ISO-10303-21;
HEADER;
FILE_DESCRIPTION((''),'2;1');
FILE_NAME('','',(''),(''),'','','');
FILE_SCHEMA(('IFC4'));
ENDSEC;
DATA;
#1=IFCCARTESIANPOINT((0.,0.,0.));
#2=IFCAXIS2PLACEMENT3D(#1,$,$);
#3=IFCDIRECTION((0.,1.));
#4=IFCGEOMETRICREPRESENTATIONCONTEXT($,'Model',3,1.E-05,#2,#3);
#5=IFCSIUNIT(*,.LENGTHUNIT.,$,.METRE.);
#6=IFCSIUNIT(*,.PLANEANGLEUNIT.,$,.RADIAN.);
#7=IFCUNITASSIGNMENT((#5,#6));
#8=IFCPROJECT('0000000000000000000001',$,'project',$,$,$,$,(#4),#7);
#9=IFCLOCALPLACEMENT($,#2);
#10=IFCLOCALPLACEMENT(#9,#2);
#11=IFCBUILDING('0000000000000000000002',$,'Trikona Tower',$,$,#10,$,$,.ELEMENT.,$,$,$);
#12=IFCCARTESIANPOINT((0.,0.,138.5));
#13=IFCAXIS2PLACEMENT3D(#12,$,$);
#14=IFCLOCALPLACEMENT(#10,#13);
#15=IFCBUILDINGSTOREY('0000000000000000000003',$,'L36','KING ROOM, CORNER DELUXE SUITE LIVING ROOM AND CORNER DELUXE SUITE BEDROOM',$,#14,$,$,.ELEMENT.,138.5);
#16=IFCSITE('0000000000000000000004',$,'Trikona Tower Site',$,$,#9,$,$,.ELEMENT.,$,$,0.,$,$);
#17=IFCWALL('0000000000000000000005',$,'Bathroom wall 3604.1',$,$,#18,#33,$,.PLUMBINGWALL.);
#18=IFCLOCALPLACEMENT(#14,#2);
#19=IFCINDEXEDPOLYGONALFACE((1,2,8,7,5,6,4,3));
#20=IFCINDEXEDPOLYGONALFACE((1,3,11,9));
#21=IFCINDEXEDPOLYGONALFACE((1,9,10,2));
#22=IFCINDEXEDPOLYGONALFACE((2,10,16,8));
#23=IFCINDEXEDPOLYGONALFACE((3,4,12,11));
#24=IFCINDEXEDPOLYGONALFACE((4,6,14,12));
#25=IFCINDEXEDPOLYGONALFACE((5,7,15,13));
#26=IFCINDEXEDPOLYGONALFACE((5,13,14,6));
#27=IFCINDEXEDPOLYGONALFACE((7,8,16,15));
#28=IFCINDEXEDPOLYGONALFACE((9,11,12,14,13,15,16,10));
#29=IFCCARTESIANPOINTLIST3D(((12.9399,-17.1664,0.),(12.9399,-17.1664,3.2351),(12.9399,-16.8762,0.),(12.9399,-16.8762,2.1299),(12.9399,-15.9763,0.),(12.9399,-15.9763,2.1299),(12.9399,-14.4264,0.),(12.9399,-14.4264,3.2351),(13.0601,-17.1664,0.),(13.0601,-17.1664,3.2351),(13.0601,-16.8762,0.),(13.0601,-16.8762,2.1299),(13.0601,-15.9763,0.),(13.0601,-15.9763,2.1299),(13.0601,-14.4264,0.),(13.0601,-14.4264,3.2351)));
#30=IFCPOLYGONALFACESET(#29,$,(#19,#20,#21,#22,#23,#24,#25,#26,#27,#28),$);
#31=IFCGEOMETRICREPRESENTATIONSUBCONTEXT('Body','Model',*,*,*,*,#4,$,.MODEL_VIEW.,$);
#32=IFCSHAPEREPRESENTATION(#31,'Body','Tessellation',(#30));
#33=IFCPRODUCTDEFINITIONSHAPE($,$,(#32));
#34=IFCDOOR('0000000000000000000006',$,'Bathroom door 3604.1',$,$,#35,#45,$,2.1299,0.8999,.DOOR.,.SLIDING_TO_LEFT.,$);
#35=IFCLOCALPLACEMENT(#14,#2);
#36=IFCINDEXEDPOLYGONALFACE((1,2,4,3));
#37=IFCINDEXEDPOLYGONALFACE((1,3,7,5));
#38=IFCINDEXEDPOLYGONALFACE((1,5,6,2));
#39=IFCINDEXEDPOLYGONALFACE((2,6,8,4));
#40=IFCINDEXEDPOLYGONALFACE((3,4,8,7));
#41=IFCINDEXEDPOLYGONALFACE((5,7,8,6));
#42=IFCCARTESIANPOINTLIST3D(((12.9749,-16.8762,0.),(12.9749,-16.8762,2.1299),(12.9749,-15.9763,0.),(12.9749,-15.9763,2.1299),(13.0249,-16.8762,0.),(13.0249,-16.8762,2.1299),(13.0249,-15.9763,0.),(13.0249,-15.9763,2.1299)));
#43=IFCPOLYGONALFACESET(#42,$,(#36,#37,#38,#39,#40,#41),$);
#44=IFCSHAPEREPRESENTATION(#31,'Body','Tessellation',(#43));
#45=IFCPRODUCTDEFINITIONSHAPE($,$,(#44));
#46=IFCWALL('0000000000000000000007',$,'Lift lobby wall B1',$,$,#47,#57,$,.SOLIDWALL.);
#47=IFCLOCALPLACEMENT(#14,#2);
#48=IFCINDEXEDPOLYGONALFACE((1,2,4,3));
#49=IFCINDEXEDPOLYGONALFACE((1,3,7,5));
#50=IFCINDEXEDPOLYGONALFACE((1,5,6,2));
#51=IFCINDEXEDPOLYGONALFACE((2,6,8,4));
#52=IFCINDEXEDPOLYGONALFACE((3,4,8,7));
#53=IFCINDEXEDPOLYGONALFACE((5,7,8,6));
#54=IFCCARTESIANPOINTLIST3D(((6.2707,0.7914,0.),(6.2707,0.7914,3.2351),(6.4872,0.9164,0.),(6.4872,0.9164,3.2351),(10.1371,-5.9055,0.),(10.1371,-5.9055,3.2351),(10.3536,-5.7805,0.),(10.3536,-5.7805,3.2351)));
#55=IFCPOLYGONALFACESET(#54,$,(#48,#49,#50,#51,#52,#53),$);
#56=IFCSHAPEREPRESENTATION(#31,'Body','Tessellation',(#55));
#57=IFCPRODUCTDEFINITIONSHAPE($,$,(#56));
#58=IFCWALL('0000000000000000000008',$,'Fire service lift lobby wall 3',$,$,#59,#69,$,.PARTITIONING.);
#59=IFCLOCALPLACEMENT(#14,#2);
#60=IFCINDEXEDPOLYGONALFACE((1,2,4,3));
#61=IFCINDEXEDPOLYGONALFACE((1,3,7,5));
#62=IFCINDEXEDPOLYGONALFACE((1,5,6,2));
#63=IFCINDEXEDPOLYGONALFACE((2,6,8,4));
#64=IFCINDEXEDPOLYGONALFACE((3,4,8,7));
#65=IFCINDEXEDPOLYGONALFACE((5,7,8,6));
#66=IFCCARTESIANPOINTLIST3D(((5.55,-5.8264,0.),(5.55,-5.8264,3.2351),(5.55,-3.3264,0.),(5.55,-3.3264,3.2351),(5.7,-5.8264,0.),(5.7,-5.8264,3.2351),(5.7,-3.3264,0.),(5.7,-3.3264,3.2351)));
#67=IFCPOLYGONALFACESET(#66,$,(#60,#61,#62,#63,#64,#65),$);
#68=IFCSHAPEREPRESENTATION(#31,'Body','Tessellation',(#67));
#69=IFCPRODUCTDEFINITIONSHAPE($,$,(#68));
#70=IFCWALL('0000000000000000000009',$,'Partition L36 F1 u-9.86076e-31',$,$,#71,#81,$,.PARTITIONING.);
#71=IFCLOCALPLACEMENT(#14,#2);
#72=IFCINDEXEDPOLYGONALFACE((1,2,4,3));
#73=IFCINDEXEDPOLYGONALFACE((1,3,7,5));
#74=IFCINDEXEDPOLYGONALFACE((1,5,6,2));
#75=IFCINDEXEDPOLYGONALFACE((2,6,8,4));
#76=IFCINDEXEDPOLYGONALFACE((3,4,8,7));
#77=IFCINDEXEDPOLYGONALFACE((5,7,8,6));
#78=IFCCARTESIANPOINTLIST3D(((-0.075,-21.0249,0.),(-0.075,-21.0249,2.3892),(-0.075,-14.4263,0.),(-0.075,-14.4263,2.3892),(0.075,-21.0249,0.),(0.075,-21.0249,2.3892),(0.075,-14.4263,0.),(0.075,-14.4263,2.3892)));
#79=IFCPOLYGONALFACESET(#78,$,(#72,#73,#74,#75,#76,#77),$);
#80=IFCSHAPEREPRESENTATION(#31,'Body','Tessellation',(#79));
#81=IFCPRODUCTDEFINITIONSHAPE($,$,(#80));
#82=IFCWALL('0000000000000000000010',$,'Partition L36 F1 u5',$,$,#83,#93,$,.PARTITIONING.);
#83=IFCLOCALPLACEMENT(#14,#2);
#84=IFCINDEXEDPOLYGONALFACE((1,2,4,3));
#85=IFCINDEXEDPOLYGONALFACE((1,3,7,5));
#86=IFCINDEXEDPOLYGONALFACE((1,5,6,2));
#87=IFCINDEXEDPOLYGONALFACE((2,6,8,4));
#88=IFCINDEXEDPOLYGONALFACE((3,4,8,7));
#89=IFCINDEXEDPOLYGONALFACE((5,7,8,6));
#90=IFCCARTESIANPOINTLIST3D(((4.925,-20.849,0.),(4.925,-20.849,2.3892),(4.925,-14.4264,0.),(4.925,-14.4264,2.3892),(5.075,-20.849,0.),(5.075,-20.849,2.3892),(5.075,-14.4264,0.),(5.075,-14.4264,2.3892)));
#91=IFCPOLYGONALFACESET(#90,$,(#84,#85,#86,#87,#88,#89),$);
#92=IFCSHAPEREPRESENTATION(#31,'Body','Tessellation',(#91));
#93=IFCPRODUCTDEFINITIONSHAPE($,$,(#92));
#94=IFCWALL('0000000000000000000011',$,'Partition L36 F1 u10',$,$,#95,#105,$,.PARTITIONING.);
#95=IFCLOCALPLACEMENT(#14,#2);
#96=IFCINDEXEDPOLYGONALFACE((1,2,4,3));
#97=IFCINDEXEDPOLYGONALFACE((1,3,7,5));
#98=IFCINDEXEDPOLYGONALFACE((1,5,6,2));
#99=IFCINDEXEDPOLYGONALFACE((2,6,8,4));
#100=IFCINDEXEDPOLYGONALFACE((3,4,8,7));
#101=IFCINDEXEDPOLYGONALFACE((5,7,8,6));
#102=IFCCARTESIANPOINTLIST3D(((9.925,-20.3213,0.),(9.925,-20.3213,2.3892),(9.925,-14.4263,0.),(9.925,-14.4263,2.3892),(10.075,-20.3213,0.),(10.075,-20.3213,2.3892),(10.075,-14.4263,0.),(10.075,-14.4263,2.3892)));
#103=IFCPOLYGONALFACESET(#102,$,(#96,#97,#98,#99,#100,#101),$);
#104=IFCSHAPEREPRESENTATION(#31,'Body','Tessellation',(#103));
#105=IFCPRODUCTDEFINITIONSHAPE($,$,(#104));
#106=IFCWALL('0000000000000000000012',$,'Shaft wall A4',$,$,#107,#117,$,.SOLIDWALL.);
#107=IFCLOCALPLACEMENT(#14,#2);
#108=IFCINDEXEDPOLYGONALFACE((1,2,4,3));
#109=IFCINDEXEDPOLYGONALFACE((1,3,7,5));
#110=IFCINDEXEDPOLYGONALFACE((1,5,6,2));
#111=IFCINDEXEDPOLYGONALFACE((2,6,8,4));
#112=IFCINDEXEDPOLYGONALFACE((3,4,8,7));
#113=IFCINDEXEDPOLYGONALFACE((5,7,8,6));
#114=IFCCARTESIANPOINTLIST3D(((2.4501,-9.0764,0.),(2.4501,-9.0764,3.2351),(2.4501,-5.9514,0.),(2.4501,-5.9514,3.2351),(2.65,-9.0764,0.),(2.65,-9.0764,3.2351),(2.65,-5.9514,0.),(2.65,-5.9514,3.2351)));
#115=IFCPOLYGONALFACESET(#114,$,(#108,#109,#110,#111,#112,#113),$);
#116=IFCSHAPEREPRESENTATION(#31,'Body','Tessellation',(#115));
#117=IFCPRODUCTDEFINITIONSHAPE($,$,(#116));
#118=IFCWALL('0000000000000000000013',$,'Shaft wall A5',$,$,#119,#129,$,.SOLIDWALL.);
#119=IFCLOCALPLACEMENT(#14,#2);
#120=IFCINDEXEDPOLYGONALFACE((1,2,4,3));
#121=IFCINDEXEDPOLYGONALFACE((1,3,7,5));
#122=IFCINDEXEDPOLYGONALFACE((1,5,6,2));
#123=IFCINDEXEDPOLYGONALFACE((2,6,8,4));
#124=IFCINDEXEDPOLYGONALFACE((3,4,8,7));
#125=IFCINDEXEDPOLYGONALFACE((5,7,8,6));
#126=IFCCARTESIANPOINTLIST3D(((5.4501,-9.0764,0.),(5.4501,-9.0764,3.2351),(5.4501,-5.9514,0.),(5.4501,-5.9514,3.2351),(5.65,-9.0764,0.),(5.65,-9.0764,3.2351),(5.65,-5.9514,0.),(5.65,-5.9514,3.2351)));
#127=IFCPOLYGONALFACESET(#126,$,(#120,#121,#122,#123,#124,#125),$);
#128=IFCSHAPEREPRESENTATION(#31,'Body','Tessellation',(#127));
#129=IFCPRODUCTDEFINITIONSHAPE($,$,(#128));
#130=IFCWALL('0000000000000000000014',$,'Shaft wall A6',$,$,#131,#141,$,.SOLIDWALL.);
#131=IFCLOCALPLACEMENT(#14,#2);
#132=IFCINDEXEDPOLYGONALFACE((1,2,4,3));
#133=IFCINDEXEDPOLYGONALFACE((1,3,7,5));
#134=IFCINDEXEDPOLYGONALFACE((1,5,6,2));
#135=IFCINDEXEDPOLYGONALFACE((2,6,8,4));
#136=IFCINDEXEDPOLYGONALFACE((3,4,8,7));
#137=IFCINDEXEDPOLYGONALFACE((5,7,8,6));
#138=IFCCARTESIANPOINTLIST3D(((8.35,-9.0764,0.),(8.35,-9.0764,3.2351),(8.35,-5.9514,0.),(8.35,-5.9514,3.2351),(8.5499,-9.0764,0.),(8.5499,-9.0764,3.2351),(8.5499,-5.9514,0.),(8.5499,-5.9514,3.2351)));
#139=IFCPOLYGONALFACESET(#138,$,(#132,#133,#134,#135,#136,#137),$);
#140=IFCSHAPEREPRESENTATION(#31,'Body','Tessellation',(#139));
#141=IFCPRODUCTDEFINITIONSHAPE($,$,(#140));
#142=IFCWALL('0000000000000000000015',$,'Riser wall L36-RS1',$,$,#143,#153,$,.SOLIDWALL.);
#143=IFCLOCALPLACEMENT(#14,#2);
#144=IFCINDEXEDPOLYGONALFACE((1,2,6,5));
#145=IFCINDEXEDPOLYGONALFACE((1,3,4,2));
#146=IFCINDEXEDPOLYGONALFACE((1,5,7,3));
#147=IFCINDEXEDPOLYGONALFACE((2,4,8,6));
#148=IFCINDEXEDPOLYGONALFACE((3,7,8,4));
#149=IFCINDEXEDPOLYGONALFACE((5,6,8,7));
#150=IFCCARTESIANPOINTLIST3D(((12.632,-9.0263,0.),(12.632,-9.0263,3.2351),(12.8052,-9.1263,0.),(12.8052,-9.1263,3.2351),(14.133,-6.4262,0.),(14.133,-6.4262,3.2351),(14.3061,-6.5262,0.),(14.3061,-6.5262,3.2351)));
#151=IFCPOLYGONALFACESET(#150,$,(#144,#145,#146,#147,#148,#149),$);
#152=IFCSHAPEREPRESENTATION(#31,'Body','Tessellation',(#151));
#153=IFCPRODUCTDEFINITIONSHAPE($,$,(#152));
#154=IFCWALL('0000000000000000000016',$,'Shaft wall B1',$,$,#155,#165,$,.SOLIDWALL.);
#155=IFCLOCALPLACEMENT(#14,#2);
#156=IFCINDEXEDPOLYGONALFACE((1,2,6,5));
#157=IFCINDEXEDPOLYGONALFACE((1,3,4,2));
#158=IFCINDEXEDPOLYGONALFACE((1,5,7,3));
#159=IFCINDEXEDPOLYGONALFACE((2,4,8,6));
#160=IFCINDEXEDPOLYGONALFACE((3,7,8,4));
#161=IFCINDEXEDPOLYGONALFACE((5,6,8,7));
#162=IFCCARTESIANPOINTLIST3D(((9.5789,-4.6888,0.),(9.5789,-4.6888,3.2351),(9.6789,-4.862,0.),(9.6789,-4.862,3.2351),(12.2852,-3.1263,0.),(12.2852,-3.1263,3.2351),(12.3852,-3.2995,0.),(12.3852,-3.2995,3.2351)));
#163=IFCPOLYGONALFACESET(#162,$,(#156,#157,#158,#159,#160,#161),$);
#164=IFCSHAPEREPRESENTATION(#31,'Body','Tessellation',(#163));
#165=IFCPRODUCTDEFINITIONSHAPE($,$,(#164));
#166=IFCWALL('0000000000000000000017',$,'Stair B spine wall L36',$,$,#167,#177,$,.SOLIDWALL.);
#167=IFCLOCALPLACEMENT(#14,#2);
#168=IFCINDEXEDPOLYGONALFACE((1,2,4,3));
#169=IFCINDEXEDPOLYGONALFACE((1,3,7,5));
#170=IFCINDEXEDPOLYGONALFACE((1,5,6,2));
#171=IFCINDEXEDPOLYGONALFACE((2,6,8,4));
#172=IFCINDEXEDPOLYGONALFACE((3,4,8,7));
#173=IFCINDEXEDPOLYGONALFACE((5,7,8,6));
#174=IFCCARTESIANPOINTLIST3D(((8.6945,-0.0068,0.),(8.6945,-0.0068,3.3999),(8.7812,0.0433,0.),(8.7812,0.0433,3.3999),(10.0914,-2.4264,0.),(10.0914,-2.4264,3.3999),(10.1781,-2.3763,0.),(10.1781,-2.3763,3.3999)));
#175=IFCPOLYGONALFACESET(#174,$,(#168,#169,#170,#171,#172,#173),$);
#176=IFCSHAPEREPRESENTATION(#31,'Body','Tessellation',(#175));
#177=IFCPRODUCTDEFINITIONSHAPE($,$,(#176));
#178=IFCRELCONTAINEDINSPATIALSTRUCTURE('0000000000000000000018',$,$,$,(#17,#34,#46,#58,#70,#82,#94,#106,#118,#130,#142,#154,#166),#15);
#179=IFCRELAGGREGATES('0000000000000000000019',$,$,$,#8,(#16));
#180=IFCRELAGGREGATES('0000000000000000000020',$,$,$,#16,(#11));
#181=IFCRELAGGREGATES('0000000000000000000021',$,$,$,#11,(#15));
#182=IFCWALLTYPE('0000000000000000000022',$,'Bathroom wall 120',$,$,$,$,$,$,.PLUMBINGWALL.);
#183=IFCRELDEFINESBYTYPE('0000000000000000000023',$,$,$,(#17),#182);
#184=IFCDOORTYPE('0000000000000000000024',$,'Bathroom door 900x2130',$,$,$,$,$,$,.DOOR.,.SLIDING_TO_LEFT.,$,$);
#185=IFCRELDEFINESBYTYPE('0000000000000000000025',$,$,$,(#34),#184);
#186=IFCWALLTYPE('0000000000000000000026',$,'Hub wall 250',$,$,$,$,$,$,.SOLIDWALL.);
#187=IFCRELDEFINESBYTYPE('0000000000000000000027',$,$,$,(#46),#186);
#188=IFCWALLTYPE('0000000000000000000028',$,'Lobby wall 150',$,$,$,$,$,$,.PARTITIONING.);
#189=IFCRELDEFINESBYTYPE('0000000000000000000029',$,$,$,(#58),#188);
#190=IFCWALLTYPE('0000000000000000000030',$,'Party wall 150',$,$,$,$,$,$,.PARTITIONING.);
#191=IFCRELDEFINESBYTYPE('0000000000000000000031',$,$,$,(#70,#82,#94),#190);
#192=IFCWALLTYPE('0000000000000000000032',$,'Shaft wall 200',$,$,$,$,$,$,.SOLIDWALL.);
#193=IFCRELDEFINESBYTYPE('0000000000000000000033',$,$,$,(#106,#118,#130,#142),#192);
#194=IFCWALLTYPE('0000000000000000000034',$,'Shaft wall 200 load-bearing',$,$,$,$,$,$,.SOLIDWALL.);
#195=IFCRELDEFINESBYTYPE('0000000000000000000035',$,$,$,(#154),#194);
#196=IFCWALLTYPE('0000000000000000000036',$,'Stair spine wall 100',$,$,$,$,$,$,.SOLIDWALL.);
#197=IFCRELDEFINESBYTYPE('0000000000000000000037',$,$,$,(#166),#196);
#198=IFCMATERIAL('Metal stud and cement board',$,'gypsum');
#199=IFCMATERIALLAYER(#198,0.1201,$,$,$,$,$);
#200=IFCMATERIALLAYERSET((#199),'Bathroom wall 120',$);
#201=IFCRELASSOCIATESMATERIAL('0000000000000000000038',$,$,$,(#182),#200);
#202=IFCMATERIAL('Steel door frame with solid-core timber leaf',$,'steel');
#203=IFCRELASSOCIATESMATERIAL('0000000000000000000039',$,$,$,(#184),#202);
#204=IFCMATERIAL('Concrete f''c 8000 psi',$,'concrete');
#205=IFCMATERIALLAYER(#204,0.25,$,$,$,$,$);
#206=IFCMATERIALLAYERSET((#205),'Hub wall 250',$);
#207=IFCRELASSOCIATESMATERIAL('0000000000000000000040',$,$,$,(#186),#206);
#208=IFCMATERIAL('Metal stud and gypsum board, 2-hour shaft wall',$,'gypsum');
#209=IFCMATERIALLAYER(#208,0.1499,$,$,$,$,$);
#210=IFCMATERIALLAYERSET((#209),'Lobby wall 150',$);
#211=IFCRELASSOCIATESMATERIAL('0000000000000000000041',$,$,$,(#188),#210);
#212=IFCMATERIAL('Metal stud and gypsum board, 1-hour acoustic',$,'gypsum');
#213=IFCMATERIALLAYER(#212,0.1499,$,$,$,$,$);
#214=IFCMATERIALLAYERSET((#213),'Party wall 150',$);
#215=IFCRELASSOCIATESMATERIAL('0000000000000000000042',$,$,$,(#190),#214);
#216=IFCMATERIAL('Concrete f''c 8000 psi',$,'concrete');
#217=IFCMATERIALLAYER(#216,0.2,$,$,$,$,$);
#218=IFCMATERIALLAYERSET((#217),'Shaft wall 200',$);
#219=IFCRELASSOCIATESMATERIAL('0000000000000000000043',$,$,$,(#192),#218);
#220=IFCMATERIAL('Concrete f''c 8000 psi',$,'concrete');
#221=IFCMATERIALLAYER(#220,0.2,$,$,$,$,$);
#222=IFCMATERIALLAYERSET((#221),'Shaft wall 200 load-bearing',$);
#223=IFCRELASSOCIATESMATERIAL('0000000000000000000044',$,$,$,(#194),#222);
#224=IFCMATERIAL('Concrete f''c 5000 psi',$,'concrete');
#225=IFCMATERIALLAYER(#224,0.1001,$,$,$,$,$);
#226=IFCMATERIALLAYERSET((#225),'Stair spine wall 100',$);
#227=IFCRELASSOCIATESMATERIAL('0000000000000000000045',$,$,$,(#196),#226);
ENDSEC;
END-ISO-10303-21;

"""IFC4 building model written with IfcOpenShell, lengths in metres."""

from ifc_helpers import new_model, si_unit, direction, frame, frame_2d, origin, place, context, subcontext, project, spatial, rectangle, extrude, material, layer, layer_set, type_object, element, fill, save


model = new_model("IFC4")

# Units and contexts
model_context = context("Model", 3, precision=1e-05, world=origin(), true_north=direction((0.0, 1.0)))
body_context = subcontext(model_context, "Body", "Model", "MODEL_VIEW")
ifc_project = project(units=[si_unit("LENGTHUNIT", "METRE"), si_unit("PLANEANGLEUNIT", "RADIAN")], contexts=[model_context])

# Site, building, storey
site_placement = place(None, origin())
site = spatial("IfcSite", under=ifc_project, at=site_placement, Name="Trikona Tower Site", CompositionType="ELEMENT", RefElevation=0.0)
building_placement = place(site_placement, origin())
building = spatial("IfcBuilding", under=site, at=building_placement, Name="Trikona Tower", CompositionType="ELEMENT")
storey_placement = place(building_placement, frame((0.0, 0.0, 138.5)))
storey = spatial("IfcBuildingStorey", under=building, at=storey_placement, Name="L36", Description="KING ROOM, CORNER DELUXE SUITE LIVING ROOM AND CORNER DELUXE SUITE BEDROOM", CompositionType="ELEMENT", Elevation=138.5)

# Shared definitions
ifc_material_1 = material(Name="Metal stud and cement board", Category="gypsum")
ifc_layer_1 = layer(ifc_material_1, 0.1201)
ifc_layer_set_1 = layer_set([ifc_layer_1], Name="Bathroom wall 120")
wall_type_1 = type_object("IfcWallType", Name="Bathroom wall 120", PredefinedType="PLUMBINGWALL", material=ifc_layer_set_1)

# Shared definitions
ifc_material_2 = material(Name="Steel door frame with solid-core timber leaf", Category="steel")
door_type = type_object("IfcDoorType", Name="Bathroom door 900x2130", OperationType="SLIDING_TO_LEFT", PredefinedType="DOOR", material=ifc_material_2)

# Wall, opening, door
wall_1_placement = place(storey_placement, frame((13.0, -14.4263, 0.0), z_axis=(0.0, 0.0, 1.0), x_axis=(0.0, -1.0, 0.0)))
wall_1 = element("IfcWall", 1, at=wall_1_placement, inside=storey, type_object=wall_type_1, Name="Bathroom wall 3604.1", PredefinedType="PLUMBINGWALL", context=body_context, shape_type="SweptSolid", body=[
    extrude(rectangle(XDim=2.74, YDim=0.1201, at=frame_2d((1.3701, 0.0))), origin(), (0.0, 0.0, 1.0), 3.2351),
])
opening_1_placement = place(wall_1_placement, frame((1.55, 0.0, 0.0)))
opening_1 = element("IfcOpeningElement", 2, at=opening_1_placement, cuts=wall_1, PredefinedType="OPENING", context=body_context, shape_type="SweptSolid", body=[
    extrude(rectangle(XDim=0.8999, YDim=2.1299, at=frame_2d((0.45, 1.0649))), frame((0.0, 0.0701, 0.0), z_axis=(0.0, -1.0, 0.0), x_axis=(1.0, 0.0, 0.0)), (0.0, 0.0, 1.0), 0.1401),
])
door_1_placement = place(opening_1_placement, origin())
door_1 = element("IfcDoor", 3, at=door_1_placement, inside=storey, type_object=door_type, Name="Bathroom door 3604.1", OperationType="SLIDING_TO_LEFT", OverallHeight=2.1299, OverallWidth=0.8999, PredefinedType="DOOR", context=body_context, shape_type="SweptSolid", body=[
    extrude(rectangle(XDim=0.8999, YDim=2.1299, at=frame_2d((0.45, 1.0649))), frame((0.0, 0.0249, 0.0), z_axis=(0.0, -1.0, 0.0), x_axis=(1.0, 0.0, 0.0)), (0.0, 0.0, 1.0), 0.05),
])
fill(opening_1, door_1)

# Walls
ifc_material_3 = material(Name="Concrete f'c 8000 psi", Category="concrete")
ifc_layer_2 = layer(ifc_material_3, 0.25)
ifc_layer_set_2 = layer_set([ifc_layer_2], Name="Hub wall 250")
wall_type_2 = type_object("IfcWallType", Name="Hub wall 250", PredefinedType="SOLIDWALL", material=ifc_layer_set_2)
wall_2_placement = place(storey_placement, frame((10.2454, -5.843, 0.0), z_axis=(0.0, 0.0, 1.0), x_axis=(-0.499993, 0.866029, 0.0)))
element("IfcWall", 4, at=wall_2_placement, inside=storey, type_object=wall_type_2, Name="Lift lobby wall B1", PredefinedType="SOLIDWALL", context=body_context, shape_type="SweptSolid", body=[
    extrude(rectangle(XDim=7.7329, YDim=0.25, at=frame_2d((3.8665, 0.0))), origin(), (0.0, 0.0, 1.0), 3.2351),
])
ifc_material_4 = material(Name="Metal stud and gypsum board, 2-hour shaft wall", Category="gypsum")
ifc_layer_3 = layer(ifc_material_4, 0.1499)
ifc_layer_set_3 = layer_set([ifc_layer_3], Name="Lobby wall 150")
wall_type_3 = type_object("IfcWallType", Name="Lobby wall 150", PredefinedType="PARTITIONING", material=ifc_layer_set_3)
wall_3_placement = place(storey_placement, frame((5.625, -5.8264, 0.0), z_axis=(0.0, 0.0, 1.0), x_axis=(0.0, 1.0, 0.0)))
element("IfcWall", 5, at=wall_3_placement, inside=storey, type_object=wall_type_3, Name="Fire service lift lobby wall 3", PredefinedType="PARTITIONING", context=body_context, shape_type="SweptSolid", body=[
    extrude(rectangle(XDim=2.5, YDim=0.1499, at=frame_2d((1.25, 0.0))), origin(), (0.0, 0.0, 1.0), 3.2351),
])
ifc_material_5 = material(Name="Metal stud and gypsum board, 1-hour acoustic", Category="gypsum")
ifc_layer_4 = layer(ifc_material_5, 0.1499)
ifc_layer_set_4 = layer_set([ifc_layer_4], Name="Party wall 150")
wall_type_4 = type_object("IfcWallType", Name="Party wall 150", PredefinedType="PARTITIONING", material=ifc_layer_set_4)
wall_4_placement = place(storey_placement, frame((0.0, -14.4263, 0.0), z_axis=(0.0, 0.0, 1.0), x_axis=(0.0, -1.0, 0.0)))
element("IfcWall", 6, at=wall_4_placement, inside=storey, type_object=wall_type_4, Name="Partition L36 F1 u-9.86076e-31", PredefinedType="PARTITIONING", context=body_context, shape_type="SweptSolid", body=[
    extrude(rectangle(XDim=6.5986, YDim=0.1499, at=frame_2d((3.2993, 0.0))), origin(), (0.0, 0.0, 1.0), 2.3892),
])
wall_5_placement = place(storey_placement, frame((5.0, -14.4263, 0.0), z_axis=(0.0, 0.0, 1.0), x_axis=(0.0, -1.0, 0.0)))
element("IfcWall", 7, at=wall_5_placement, inside=storey, type_object=wall_type_4, Name="Partition L36 F1 u5", PredefinedType="PARTITIONING", context=body_context, shape_type="SweptSolid", body=[
    extrude(rectangle(XDim=6.4226, YDim=0.1499, at=frame_2d((3.2114, 0.0))), origin(), (0.0, 0.0, 1.0), 2.3892),
])
wall_6_placement = place(storey_placement, frame((10.0, -14.4263, 0.0), z_axis=(0.0, 0.0, 1.0), x_axis=(0.0, -1.0, 0.0)))
element("IfcWall", 8, at=wall_6_placement, inside=storey, type_object=wall_type_4, Name="Partition L36 F1 u10", PredefinedType="PARTITIONING", context=body_context, shape_type="SweptSolid", body=[
    extrude(rectangle(XDim=5.895, YDim=0.1499, at=frame_2d((2.9475, 0.0))), origin(), (0.0, 0.0, 1.0), 2.3892),
])
ifc_material_6 = material(Name="Concrete f'c 8000 psi", Category="concrete")
ifc_layer_5 = layer(ifc_material_6, 0.2)
ifc_layer_set_5 = layer_set([ifc_layer_5], Name="Shaft wall 200")
wall_type_5 = type_object("IfcWallType", Name="Shaft wall 200", PredefinedType="SOLIDWALL", material=ifc_layer_set_5)
for number, where, z_axis, x_axis, name in (
    (9, (2.55, -5.9514, 0.0), (0.0, 0.0, 1.0), (0.0, -1.0, 0.0), "Shaft wall A4"),
    (10, (5.55, -5.9514, 0.0), (0.0, 0.0, 1.0), (0.0, -1.0, 0.0), "Shaft wall A5"),
    (11, (8.45, -5.9514, 0.0), (0.0, 0.0, 1.0), (0.0, -1.0, 0.0), "Shaft wall A6"),
):
    element("IfcWall", number, at=place(storey_placement, frame(where, z_axis=z_axis, x_axis=x_axis)), inside=storey, type_object=wall_type_5, Name=name, PredefinedType="SOLIDWALL", context=body_context, shape_type="SweptSolid", body=[
        extrude(rectangle(XDim=3.125, YDim=0.2, at=frame_2d((1.5625, 0.0))), origin(), (0.0, 0.0, 1.0), 3.2351),
    ])
wall_7_placement = place(storey_placement, frame((14.2195, -6.4763, 0.0), z_axis=(0.0, 0.0, 1.0), x_axis=(-0.499952, -0.866053, 0.0)))
element("IfcWall", 12, at=wall_7_placement, inside=storey, type_object=wall_type_5, Name="Riser wall L36-RS1", PredefinedType="SOLIDWALL", context=body_context, shape_type="SweptSolid", body=[
    extrude(rectangle(XDim=3.0022, YDim=0.2, at=frame_2d((1.501, 0.0))), origin(), (0.0, 0.0, 1.0), 3.2351),
])
ifc_material_7 = material(Name="Concrete f'c 8000 psi", Category="concrete")
ifc_layer_6 = layer(ifc_material_7, 0.2)
ifc_layer_set_6 = layer_set([ifc_layer_6], Name="Shaft wall 200 load-bearing")
wall_type_6 = type_object("IfcWallType", Name="Shaft wall 200 load-bearing", PredefinedType="SOLIDWALL", material=ifc_layer_set_6)
wall_8_placement = place(storey_placement, frame((9.6289, -4.7754, 0.0), z_axis=(0.0, 0.0, 1.0), x_axis=(0.866023, 0.500004, 0.0)))
element("IfcWall", 13, at=wall_8_placement, inside=storey, type_object=wall_type_6, Name="Shaft wall B1", PredefinedType="SOLIDWALL", context=body_context, shape_type="SweptSolid", body=[
    extrude(rectangle(XDim=3.125, YDim=0.2, at=frame_2d((1.5625, 0.0))), origin(), (0.0, 0.0, 1.0), 3.2351),
])
ifc_material_8 = material(Name="Concrete f'c 5000 psi", Category="concrete")
ifc_layer_7 = layer(ifc_material_8, 0.1001)
ifc_layer_set_7 = layer_set([ifc_layer_7], Name="Stair spine wall 100")
wall_type_7 = type_object("IfcWallType", Name="Stair spine wall 100", PredefinedType="SOLIDWALL", material=ifc_layer_set_7)
wall_9_placement = place(storey_placement, frame((10.1348, -2.4014, 0.0), z_axis=(0.0, 0.0, 1.0), x_axis=(-0.499992, 0.86603, 0.0)))
element("IfcWall", 14, at=wall_9_placement, inside=storey, type_object=wall_type_7, Name="Stair B spine wall L36", PredefinedType="SOLIDWALL", context=body_context, shape_type="SweptSolid", body=[
    extrude(rectangle(XDim=2.7939, YDim=0.1001, at=frame_2d((1.397, 0.0))), origin(), (0.0, 0.0, 1.0), 3.3999),
])

save(model, "model.ifc")
